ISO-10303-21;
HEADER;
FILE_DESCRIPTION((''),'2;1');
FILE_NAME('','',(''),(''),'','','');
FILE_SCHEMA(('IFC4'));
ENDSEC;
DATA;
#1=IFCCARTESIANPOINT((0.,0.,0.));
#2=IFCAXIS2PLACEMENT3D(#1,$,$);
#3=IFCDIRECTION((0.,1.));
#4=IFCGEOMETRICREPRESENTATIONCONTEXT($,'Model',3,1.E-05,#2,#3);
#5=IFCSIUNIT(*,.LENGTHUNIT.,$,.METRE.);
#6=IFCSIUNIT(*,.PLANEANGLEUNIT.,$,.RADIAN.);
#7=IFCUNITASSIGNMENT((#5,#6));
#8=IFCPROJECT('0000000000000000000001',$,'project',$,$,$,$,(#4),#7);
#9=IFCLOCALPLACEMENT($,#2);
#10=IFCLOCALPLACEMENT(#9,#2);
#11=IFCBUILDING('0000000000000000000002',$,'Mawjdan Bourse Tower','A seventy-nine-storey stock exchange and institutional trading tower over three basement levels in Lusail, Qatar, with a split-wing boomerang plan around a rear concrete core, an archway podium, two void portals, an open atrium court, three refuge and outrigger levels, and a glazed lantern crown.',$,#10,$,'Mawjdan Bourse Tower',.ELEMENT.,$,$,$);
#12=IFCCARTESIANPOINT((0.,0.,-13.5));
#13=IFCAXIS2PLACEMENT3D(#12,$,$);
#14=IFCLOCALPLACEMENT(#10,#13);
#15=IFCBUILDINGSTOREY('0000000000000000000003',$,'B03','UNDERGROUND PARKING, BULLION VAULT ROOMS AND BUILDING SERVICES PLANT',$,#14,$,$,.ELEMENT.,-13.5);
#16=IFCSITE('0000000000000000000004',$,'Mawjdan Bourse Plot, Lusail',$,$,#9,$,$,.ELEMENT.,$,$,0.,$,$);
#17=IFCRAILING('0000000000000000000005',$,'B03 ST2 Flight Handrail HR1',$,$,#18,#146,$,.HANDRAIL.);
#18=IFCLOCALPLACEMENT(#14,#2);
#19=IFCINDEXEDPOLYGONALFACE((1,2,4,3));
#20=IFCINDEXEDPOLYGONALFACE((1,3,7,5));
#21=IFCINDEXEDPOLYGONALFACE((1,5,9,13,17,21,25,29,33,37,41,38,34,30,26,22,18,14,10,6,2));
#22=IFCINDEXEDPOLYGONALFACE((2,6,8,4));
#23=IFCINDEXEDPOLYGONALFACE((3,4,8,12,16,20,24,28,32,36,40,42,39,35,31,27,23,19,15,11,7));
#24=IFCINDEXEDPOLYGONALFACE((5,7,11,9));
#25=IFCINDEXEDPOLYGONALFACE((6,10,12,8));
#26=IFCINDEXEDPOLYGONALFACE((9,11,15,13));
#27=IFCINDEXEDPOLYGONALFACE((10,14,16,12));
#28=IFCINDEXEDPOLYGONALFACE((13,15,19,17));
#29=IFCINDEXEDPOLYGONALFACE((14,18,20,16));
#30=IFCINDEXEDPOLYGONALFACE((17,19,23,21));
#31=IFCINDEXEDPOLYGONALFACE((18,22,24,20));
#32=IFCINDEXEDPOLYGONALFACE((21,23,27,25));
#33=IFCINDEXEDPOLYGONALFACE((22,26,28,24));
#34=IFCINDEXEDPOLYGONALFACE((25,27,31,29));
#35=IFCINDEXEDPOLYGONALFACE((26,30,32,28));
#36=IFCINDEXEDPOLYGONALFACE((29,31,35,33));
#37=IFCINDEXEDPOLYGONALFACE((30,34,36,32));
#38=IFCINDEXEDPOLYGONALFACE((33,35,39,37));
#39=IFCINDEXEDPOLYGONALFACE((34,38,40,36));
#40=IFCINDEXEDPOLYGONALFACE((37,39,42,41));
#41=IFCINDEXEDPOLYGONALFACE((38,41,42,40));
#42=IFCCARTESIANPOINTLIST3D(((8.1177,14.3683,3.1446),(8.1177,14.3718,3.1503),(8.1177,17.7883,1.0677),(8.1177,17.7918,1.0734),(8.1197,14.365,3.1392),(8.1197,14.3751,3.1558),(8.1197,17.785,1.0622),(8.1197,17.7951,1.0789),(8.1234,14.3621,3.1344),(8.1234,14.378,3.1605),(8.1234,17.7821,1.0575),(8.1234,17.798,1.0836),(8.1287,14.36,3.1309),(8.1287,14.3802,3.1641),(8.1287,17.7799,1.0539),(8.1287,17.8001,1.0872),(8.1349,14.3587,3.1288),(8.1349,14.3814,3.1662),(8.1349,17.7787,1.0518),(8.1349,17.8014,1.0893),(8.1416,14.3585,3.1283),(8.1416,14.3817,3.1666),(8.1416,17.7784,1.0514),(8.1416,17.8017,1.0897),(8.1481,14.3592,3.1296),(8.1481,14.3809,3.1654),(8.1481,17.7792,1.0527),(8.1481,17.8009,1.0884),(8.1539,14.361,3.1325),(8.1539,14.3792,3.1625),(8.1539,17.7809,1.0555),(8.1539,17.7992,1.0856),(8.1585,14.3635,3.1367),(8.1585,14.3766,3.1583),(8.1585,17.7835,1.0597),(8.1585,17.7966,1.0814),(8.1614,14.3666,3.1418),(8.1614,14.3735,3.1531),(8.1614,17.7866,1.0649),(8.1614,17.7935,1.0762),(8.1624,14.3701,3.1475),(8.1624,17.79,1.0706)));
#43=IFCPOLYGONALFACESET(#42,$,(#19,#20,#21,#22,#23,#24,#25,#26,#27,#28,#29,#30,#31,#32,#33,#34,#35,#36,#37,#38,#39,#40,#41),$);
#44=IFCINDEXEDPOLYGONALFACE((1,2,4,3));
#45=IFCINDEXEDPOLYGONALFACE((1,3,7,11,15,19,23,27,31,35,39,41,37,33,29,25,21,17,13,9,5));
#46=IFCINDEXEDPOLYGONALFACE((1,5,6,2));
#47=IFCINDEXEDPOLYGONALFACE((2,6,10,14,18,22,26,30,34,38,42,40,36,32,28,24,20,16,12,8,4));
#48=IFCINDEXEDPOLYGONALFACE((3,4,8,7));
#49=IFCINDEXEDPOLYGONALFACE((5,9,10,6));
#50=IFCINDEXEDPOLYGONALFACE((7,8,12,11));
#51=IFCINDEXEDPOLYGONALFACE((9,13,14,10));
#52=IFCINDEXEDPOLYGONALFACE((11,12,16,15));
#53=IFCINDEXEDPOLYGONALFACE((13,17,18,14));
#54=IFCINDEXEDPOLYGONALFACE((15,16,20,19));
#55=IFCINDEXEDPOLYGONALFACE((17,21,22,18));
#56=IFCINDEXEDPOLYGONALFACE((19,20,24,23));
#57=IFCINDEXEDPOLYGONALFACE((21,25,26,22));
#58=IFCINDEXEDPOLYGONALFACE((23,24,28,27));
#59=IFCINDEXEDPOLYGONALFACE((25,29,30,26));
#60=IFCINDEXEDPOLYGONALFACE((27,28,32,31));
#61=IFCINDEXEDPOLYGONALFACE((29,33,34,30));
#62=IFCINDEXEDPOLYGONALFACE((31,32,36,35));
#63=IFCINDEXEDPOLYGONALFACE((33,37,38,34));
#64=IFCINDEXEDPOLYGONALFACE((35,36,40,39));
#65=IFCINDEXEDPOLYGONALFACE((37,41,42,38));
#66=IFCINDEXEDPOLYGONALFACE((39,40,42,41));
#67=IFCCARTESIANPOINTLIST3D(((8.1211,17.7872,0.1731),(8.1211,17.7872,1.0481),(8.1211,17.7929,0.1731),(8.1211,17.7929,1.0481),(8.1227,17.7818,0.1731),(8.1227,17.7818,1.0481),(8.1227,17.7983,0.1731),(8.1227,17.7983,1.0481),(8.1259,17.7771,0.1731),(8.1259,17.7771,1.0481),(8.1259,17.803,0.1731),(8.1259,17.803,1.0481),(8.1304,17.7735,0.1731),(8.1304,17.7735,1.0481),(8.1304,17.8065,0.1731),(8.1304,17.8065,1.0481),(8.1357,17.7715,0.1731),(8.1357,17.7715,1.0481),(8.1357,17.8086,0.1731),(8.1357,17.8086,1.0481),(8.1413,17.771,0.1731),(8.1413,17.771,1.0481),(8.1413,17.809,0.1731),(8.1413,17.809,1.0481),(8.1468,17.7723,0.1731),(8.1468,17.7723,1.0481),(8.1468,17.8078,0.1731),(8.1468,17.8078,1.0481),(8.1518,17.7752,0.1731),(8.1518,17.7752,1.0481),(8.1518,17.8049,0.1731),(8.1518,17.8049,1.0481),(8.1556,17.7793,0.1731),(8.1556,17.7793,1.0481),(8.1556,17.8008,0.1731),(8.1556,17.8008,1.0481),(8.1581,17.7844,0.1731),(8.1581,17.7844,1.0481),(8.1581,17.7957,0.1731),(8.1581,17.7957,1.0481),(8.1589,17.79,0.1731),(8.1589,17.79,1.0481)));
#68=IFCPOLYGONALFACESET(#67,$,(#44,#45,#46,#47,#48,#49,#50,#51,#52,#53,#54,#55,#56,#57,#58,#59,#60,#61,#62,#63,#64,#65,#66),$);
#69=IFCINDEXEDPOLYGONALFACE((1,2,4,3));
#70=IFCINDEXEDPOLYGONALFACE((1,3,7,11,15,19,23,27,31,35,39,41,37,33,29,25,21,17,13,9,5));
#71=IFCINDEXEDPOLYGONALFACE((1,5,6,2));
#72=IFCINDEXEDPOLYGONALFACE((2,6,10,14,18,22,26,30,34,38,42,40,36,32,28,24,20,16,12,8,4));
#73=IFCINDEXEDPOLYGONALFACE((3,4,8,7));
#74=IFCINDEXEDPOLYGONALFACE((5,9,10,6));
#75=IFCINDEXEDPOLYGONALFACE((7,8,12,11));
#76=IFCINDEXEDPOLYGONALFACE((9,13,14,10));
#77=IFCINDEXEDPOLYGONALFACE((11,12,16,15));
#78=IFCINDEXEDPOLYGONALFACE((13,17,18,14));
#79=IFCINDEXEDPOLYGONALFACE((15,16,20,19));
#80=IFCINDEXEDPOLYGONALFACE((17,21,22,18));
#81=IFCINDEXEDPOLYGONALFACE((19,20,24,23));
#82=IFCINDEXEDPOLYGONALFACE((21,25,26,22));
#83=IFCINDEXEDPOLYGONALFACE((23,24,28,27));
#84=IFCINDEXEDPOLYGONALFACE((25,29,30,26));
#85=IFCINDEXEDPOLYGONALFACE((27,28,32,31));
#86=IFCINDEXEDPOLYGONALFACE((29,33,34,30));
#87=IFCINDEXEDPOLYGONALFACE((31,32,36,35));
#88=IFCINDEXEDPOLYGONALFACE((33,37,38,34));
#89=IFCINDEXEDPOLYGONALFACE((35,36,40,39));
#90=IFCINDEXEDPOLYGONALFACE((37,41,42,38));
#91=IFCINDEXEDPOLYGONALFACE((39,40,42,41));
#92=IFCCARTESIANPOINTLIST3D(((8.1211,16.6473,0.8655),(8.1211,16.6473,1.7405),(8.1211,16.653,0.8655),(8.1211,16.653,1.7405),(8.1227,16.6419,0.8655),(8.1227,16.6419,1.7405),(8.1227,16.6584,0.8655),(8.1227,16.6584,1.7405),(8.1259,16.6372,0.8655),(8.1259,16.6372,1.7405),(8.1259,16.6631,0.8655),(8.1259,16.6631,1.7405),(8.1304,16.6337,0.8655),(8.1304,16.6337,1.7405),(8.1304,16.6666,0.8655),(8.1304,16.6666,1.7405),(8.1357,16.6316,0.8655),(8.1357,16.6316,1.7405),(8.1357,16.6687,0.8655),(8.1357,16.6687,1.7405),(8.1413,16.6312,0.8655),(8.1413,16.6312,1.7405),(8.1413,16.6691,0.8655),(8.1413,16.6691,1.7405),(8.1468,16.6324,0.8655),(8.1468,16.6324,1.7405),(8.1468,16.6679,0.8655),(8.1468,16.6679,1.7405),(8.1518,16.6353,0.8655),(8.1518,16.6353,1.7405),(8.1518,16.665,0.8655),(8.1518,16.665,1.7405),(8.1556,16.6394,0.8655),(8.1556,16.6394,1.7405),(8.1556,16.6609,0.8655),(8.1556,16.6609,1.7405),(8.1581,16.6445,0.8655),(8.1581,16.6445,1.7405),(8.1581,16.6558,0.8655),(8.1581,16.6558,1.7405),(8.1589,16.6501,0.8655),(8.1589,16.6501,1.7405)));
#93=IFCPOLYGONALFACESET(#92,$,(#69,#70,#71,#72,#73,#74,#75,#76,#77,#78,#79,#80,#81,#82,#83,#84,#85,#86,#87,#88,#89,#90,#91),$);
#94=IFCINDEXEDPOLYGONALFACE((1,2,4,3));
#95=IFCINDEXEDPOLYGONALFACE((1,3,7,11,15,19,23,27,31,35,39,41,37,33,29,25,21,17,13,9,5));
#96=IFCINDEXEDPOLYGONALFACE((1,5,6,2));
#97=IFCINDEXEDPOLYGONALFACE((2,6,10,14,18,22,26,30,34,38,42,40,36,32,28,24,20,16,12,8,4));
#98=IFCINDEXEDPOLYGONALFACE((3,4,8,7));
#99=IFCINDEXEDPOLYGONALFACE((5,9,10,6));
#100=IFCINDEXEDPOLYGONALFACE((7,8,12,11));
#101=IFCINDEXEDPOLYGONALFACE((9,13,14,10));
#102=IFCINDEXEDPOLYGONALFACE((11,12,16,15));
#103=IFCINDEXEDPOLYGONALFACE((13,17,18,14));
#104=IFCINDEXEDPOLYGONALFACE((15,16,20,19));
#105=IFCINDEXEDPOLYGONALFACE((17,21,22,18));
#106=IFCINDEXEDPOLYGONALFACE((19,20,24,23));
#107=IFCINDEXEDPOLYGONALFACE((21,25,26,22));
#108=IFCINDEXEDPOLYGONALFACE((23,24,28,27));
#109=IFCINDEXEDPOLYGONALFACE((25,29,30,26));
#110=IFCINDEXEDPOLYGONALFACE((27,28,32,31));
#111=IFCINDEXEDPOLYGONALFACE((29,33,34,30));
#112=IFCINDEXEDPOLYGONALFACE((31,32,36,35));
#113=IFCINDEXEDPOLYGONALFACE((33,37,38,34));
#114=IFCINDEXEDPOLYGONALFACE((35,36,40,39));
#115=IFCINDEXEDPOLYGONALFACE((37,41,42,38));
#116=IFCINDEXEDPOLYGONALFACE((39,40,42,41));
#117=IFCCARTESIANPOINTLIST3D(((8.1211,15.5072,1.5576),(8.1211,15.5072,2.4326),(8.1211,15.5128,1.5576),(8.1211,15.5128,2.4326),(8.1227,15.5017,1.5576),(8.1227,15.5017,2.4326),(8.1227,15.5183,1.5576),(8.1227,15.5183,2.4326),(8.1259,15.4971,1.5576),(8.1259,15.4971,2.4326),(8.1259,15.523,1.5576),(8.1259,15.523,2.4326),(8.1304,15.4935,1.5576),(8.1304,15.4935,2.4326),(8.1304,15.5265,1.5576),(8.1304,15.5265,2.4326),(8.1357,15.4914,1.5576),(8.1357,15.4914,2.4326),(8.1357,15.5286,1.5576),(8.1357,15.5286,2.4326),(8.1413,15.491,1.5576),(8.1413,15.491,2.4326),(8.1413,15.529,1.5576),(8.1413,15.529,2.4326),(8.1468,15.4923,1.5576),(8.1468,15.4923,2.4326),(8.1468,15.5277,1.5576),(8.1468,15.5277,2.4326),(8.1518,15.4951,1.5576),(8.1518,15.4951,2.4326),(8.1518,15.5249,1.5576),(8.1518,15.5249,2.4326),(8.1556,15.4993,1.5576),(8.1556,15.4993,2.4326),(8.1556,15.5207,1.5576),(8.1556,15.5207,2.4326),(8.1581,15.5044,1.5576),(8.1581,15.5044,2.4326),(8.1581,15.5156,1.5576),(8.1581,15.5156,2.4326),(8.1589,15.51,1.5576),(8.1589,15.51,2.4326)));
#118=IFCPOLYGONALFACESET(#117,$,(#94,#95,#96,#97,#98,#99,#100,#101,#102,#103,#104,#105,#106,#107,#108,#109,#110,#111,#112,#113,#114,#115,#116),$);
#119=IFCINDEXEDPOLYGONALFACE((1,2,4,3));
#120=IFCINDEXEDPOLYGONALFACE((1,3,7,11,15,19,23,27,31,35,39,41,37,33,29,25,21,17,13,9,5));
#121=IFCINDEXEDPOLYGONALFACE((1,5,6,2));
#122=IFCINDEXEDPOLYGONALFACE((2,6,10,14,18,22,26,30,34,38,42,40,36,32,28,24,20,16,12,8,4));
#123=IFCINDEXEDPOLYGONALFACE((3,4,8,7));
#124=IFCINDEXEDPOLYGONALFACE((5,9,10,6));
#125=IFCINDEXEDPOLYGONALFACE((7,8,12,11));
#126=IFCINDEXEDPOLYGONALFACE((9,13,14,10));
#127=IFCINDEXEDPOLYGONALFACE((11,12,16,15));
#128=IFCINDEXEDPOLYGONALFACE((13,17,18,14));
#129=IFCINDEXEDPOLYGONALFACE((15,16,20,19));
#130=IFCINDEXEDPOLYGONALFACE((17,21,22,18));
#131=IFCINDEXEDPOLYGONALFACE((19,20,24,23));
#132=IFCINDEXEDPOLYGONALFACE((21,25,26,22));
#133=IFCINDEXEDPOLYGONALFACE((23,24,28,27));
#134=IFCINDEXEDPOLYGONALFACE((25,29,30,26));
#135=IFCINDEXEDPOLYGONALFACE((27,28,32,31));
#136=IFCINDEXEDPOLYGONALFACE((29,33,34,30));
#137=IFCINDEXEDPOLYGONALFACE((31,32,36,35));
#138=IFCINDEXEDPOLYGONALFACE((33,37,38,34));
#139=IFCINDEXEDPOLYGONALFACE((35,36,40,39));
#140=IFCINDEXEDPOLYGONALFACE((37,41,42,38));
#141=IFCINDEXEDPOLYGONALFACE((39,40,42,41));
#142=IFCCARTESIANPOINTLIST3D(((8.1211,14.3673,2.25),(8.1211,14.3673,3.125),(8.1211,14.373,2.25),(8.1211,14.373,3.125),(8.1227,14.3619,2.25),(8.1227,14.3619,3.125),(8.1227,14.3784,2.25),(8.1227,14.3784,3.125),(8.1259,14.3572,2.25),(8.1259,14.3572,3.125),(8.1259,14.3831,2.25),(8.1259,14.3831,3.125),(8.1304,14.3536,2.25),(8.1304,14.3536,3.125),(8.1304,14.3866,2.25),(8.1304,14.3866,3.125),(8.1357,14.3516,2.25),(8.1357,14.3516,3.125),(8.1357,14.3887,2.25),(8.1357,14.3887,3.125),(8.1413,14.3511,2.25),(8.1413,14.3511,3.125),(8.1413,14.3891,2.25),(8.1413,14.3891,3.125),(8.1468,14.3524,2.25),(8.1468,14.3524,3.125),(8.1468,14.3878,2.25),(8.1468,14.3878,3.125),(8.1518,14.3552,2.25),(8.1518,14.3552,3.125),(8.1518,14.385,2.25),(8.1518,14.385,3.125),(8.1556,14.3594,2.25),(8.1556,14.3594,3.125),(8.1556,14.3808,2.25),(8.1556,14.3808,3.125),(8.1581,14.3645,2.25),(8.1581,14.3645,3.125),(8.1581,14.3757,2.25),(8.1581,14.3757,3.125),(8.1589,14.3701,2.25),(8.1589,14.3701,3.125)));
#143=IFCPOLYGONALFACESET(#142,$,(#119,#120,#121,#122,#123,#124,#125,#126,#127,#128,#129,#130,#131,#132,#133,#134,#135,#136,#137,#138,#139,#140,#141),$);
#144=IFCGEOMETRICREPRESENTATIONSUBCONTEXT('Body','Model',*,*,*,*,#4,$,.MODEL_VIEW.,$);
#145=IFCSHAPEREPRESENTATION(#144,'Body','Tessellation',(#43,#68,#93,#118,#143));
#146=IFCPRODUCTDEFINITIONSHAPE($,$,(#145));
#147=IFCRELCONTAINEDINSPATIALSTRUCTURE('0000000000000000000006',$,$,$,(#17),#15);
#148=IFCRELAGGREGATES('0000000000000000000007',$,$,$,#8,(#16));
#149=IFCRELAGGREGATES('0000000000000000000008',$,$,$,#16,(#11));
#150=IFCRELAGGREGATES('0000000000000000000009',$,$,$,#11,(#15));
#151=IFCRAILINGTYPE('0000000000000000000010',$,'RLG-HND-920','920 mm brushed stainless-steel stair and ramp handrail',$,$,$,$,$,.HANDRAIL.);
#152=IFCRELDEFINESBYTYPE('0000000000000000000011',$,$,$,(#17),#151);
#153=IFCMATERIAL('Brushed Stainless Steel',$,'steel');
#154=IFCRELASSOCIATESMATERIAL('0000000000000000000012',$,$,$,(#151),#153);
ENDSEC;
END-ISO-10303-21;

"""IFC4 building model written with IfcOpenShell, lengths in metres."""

from ifc_helpers import new_model, si_unit, direction, frame, origin, origin_2d, place, context, subcontext, project, spatial, circle, extrude, material, type_object, element, save


model = new_model("IFC4")

# Units and contexts
model_context = context("Model", 3, precision=1e-05, world=origin(), true_north=direction((0.0, 1.0)))
body_context = subcontext(model_context, "Body", "Model", "MODEL_VIEW")
ifc_project = project(units=[si_unit("LENGTHUNIT", "METRE"), si_unit("PLANEANGLEUNIT", "RADIAN")], contexts=[model_context])

# Site, building, storey
site_placement = place(None, origin())
site = spatial("IfcSite", under=ifc_project, at=site_placement, Name="Mawjdan Bourse Plot, Lusail", CompositionType="ELEMENT", RefElevation=0.0)
building_placement = place(site_placement, origin())
building = spatial("IfcBuilding", under=site, at=building_placement, Name="Mawjdan Bourse Tower", Description="A seventy-nine-storey stock exchange and institutional trading tower over three basement levels in Lusail, Qatar, with a split-wing boomerang plan around a rear concrete core, an archway podium, two void portals, an open atrium court, three refuge and outrigger levels, and a glazed lantern crown.", LongName="Mawjdan Bourse Tower", CompositionType="ELEMENT")
storey_placement = place(building_placement, frame((0.0, 0.0, -13.5)))
storey = spatial("IfcBuildingStorey", under=building, at=storey_placement, Name="B03", Description="UNDERGROUND PARKING, BULLION VAULT ROOMS AND BUILDING SERVICES PLANT", CompositionType="ELEMENT", Elevation=-13.5)

# Railing
ifc_material_1 = material(Name="Brushed Stainless Steel", Category="steel")
railing_type_1 = type_object("IfcRailingType", Name="RLG-HND-920", Description="920 mm brushed stainless-steel stair and ramp handrail", PredefinedType="HANDRAIL", material=ifc_material_1)
railing_1_placement = place(storey_placement, frame((8.1399, 17.79, 0.1731)))
element("IfcRailing", 1, at=railing_1_placement, inside=storey, type_object=railing_type_1, Name="B03 ST2 Flight Handrail HR1", PredefinedType="HANDRAIL", context=body_context, shape_type="SweptSolid", body=[
    extrude(circle(Radius=0.0225, at=origin_2d()), frame((0.0, 0.0, 0.8975), z_axis=(0.0, -0.85473, 0.519074), x_axis=(1.0, 0.0, 0.0)), (0.0, 0.0, 1.0), 4.0012),
    extrude(circle(Radius=0.019, at=origin_2d()), origin(), (0.0, 0.0, 1.0), 0.875),
    extrude(circle(Radius=0.019, at=origin_2d()), frame((0.0, -1.1399, 0.6924)), (0.0, 0.0, 1.0), 0.875),
    extrude(circle(Radius=0.019, at=origin_2d()), frame((0.0, -2.28, 1.3845)), (0.0, 0.0, 1.0), 0.875),
    extrude(circle(Radius=0.019, at=origin_2d()), frame((0.0, -3.4199, 2.0769)), (0.0, 0.0, 1.0), 0.875),
])

save(model, "model.ifc")
